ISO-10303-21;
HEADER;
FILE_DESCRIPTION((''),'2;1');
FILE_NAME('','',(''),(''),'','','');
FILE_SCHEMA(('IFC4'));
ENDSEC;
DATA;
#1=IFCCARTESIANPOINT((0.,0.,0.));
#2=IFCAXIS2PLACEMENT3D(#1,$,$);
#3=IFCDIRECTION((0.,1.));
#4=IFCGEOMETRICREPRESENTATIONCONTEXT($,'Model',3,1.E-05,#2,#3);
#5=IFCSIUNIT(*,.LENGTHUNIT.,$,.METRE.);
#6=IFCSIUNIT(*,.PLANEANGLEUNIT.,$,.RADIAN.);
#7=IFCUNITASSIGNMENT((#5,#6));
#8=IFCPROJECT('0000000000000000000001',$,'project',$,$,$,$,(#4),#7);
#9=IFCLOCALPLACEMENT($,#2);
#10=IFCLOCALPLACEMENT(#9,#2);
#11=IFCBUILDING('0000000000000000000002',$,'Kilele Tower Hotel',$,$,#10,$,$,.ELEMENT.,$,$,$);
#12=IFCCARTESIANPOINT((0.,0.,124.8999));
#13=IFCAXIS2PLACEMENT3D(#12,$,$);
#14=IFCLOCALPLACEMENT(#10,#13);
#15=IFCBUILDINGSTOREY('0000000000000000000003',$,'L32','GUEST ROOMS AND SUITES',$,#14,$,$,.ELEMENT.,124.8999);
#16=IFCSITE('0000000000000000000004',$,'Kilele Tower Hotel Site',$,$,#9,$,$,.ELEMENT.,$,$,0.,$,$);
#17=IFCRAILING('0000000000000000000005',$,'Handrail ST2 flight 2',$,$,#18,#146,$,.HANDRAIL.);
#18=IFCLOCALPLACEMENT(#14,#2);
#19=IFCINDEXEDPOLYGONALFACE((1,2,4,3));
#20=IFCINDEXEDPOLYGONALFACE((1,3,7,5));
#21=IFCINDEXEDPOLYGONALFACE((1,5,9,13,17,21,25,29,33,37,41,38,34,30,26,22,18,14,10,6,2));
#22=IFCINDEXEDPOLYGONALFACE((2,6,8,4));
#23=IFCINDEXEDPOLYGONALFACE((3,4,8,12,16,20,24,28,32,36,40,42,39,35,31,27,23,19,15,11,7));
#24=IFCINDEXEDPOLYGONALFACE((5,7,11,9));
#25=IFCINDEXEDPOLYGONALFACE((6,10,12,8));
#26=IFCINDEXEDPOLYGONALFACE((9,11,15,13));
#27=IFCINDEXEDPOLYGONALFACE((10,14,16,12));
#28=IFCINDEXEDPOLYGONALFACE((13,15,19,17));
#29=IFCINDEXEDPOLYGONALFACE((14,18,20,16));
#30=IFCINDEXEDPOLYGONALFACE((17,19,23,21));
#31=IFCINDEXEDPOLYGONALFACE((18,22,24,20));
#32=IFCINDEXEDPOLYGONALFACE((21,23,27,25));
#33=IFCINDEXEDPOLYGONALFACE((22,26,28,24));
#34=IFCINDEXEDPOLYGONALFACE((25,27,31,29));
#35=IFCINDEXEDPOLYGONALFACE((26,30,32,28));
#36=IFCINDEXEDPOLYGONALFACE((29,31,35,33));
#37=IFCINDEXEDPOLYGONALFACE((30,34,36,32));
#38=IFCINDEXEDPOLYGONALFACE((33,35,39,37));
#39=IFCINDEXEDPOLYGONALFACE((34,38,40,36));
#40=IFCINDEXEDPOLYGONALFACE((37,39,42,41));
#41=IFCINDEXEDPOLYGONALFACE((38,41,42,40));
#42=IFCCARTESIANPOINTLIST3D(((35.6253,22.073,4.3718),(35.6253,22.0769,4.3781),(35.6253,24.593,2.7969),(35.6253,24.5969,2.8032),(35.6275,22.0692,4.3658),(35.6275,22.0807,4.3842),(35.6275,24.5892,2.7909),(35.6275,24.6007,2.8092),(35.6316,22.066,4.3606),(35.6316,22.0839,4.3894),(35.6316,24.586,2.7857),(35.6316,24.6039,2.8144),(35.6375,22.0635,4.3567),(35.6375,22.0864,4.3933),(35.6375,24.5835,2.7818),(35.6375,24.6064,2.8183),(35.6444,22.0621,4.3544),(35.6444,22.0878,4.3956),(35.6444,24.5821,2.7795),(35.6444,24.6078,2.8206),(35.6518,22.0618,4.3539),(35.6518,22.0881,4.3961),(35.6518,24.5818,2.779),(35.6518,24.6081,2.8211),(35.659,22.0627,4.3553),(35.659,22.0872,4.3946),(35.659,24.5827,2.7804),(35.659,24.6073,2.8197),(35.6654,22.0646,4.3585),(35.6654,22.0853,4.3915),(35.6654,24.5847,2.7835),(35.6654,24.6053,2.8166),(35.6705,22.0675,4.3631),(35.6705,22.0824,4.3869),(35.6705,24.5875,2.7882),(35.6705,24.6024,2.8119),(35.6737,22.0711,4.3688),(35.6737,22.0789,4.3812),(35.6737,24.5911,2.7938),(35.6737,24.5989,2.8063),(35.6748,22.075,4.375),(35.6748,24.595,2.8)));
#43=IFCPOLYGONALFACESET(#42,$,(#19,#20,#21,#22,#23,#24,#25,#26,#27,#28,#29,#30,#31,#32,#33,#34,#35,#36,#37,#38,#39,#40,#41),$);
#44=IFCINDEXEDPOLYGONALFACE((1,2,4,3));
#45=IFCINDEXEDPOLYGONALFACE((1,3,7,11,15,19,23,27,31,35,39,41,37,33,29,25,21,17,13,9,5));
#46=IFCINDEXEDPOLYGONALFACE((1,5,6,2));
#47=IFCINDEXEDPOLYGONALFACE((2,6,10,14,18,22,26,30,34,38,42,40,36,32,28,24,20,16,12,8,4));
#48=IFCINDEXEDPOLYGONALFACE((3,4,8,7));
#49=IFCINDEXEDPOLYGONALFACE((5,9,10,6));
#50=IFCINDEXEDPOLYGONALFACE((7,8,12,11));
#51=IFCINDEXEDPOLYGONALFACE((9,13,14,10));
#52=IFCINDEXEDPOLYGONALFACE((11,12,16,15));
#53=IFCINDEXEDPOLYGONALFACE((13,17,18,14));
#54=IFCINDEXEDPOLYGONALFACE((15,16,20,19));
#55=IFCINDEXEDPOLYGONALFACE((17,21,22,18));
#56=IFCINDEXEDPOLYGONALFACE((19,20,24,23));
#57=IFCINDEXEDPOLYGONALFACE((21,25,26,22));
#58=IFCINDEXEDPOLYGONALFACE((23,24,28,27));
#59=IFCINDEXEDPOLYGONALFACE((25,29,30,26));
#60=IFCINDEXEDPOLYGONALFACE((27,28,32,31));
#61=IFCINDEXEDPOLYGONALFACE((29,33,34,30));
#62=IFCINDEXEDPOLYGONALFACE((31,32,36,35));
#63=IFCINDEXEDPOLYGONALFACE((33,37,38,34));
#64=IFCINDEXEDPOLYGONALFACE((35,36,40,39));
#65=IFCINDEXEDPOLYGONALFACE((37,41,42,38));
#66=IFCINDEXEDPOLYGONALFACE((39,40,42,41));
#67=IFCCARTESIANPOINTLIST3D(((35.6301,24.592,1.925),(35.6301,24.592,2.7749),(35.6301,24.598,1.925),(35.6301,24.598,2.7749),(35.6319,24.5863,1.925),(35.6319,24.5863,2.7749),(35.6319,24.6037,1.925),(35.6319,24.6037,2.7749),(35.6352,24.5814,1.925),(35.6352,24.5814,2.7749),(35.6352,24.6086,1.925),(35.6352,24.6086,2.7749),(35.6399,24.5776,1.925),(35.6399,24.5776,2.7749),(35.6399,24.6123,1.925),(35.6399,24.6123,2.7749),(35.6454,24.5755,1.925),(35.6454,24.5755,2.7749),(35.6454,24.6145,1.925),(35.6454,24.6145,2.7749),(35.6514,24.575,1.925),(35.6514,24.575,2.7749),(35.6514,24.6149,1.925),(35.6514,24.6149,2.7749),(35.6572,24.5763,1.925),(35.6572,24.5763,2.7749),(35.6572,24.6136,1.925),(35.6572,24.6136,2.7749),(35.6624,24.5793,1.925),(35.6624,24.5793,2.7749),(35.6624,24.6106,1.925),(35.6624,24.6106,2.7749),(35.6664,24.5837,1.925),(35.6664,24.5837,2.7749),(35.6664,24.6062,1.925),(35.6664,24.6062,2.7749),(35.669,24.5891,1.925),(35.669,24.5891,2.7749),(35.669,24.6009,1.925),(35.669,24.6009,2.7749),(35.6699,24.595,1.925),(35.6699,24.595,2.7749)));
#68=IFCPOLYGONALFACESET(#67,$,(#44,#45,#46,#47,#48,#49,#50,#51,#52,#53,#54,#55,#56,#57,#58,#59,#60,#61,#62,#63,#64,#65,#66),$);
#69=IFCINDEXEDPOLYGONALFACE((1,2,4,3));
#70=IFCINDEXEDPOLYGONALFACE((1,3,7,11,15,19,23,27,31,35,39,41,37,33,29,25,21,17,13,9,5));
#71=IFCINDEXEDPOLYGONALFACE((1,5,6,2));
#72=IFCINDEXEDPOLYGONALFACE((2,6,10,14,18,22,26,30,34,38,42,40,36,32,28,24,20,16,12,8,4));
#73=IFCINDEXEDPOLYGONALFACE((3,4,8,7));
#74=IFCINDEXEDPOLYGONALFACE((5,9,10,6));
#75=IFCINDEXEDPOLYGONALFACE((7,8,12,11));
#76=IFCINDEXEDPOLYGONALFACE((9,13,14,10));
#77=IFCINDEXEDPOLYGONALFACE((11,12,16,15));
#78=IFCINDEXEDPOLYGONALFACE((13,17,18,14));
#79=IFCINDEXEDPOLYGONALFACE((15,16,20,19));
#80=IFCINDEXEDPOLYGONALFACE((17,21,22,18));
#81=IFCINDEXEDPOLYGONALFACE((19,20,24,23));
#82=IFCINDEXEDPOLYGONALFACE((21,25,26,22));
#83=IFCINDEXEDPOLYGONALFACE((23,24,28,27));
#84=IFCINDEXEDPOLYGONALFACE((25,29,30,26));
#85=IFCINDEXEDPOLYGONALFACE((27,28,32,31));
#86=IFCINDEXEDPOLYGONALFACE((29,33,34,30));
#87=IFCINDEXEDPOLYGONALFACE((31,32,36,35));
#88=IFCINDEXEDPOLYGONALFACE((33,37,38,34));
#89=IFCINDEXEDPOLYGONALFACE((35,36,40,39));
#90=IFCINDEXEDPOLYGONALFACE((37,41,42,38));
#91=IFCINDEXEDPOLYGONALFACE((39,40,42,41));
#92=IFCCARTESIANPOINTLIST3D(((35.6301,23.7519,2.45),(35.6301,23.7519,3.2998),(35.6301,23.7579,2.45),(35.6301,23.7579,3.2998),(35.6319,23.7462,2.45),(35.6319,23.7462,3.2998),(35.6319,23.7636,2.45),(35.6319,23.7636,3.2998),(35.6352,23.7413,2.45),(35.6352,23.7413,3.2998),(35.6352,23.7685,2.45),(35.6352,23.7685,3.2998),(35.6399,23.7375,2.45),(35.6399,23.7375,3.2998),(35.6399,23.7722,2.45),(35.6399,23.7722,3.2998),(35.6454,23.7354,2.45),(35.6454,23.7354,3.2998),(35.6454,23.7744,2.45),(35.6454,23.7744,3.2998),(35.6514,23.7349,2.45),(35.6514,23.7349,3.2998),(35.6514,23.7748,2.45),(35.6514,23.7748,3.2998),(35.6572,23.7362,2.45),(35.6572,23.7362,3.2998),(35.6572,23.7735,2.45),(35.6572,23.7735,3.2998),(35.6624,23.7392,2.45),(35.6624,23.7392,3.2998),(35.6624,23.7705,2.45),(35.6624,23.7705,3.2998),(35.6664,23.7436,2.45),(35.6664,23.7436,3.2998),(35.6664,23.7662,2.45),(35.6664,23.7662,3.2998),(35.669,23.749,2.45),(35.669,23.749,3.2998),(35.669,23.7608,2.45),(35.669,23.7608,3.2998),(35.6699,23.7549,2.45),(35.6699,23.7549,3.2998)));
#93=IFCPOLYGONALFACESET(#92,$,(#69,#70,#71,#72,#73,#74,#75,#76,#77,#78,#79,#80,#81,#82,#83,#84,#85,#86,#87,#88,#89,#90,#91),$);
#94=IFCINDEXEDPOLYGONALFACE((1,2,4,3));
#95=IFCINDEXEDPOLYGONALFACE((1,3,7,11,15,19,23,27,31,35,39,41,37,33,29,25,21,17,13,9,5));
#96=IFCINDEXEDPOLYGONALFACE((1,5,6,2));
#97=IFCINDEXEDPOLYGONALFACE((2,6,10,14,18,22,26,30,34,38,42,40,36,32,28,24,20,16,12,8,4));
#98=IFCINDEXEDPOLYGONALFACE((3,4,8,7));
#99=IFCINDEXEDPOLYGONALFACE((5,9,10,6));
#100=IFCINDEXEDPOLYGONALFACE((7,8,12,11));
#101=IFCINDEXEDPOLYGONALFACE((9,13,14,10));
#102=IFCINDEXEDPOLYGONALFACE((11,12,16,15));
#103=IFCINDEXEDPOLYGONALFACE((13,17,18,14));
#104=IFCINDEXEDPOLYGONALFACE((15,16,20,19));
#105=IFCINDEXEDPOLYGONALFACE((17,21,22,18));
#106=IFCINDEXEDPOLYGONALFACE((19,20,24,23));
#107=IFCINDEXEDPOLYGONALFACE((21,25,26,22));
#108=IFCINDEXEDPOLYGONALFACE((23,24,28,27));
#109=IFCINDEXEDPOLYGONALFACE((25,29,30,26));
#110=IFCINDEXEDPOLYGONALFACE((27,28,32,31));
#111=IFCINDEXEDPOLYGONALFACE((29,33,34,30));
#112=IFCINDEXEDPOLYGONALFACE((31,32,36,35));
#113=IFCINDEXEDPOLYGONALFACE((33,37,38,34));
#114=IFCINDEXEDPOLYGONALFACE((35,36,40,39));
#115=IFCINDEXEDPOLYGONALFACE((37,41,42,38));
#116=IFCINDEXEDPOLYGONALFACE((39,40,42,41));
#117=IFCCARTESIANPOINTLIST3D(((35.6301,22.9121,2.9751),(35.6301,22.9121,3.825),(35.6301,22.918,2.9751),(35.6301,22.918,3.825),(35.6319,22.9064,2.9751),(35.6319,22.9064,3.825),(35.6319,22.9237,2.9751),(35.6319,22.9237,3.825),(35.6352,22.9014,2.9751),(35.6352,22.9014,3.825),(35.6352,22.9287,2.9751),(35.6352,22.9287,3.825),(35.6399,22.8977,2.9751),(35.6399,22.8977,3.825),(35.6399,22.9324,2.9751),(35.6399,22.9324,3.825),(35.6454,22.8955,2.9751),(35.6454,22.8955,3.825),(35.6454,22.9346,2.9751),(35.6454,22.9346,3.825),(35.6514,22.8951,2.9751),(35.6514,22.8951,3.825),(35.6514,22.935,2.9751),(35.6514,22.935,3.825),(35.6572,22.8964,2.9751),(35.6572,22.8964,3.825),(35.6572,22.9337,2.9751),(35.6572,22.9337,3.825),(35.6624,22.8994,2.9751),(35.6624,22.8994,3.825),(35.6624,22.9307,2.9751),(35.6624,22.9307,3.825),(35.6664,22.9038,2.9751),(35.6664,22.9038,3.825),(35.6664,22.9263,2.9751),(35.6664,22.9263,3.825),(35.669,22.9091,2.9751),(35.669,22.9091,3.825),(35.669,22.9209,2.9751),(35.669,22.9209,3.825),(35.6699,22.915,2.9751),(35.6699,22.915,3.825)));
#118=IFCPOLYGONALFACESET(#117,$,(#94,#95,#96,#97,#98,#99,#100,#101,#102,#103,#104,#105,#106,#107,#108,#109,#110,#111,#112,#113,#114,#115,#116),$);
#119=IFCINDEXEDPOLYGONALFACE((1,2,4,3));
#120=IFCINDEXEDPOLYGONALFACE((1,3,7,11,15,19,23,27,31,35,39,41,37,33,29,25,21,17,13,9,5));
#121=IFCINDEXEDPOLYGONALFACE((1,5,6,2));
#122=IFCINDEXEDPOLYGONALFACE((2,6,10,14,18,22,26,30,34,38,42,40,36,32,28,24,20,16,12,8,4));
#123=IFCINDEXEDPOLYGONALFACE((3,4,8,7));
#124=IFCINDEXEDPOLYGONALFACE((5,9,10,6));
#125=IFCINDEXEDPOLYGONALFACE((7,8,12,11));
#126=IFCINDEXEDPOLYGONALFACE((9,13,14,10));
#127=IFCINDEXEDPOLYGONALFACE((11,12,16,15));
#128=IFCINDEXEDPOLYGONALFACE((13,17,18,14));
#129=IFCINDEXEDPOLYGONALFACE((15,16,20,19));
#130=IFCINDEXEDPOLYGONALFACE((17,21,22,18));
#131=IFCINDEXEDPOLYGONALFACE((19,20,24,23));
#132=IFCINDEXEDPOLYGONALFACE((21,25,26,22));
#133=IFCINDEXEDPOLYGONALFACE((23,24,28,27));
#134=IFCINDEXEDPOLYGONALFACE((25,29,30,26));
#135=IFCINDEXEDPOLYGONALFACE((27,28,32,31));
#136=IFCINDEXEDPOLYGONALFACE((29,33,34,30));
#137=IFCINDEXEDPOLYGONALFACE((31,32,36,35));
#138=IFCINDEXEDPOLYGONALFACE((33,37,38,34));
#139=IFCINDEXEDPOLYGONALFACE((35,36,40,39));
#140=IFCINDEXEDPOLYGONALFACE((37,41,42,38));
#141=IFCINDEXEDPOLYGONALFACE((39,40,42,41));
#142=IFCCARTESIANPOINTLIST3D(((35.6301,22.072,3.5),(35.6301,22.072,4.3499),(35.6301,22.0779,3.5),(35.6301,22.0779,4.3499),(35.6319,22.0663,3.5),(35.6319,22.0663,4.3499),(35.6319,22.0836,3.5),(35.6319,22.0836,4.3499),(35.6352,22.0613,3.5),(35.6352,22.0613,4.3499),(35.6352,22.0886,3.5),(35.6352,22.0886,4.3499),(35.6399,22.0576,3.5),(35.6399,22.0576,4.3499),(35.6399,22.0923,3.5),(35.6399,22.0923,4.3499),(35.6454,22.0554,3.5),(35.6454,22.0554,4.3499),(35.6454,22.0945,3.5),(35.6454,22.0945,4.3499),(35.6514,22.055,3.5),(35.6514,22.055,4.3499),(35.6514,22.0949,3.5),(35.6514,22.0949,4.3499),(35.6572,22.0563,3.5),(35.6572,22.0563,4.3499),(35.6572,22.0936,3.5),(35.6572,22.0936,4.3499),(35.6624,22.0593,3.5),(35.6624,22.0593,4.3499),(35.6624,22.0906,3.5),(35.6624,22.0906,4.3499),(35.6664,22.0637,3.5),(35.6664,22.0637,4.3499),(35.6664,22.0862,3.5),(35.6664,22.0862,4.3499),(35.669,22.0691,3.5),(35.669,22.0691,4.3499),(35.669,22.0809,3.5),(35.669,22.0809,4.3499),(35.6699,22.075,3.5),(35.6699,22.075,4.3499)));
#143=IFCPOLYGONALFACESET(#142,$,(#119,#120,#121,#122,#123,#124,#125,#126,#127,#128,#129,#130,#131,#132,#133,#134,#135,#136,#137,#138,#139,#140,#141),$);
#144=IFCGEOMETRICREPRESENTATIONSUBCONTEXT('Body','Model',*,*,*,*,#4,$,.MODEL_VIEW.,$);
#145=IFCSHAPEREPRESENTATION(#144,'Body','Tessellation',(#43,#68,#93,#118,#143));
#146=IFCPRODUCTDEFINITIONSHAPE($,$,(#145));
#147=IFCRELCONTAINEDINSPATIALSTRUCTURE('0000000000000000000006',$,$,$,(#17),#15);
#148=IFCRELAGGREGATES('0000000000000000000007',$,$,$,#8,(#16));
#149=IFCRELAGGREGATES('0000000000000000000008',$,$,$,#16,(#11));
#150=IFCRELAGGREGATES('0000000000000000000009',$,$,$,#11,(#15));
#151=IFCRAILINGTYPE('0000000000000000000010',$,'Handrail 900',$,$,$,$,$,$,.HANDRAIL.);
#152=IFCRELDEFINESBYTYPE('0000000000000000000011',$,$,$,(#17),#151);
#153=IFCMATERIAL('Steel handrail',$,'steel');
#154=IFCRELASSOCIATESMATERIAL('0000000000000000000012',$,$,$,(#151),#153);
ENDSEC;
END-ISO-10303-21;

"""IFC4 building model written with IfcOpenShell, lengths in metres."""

from ifc_helpers import new_model, si_unit, direction, frame, origin, origin_2d, place, context, subcontext, project, spatial, circle, extrude, material, type_object, element, save


model = new_model("IFC4")

# Units and contexts
model_context = context("Model", 3, precision=1e-05, world=origin(), true_north=direction((0.0, 1.0)))
body_context = subcontext(model_context, "Body", "Model", "MODEL_VIEW")
ifc_project = project(units=[si_unit("LENGTHUNIT", "METRE"), si_unit("PLANEANGLEUNIT", "RADIAN")], contexts=[model_context])

# Site, building, storey
site_placement = place(None, origin())
site = spatial("IfcSite", under=ifc_project, at=site_placement, Name="Kilele Tower Hotel Site", CompositionType="ELEMENT", RefElevation=0.0)
building_placement = place(site_placement, origin())
building = spatial("IfcBuilding", under=site, at=building_placement, Name="Kilele Tower Hotel", CompositionType="ELEMENT")
storey_placement = place(building_placement, frame((0.0, 0.0, 124.8999)))
storey = spatial("IfcBuildingStorey", under=building, at=storey_placement, Name="L32", Description="GUEST ROOMS AND SUITES", CompositionType="ELEMENT", Elevation=124.8999)

# Railing
ifc_material_1 = material(Name="Steel handrail", Category="steel")
railing_type_1 = type_object("IfcRailingType", Name="Handrail 900", PredefinedType="HANDRAIL", material=ifc_material_1)
for number, where, name in (
    (1, (35.6499, 24.595, 1.925), "Handrail ST2 flight 2"),
):
    element("IfcRailing", number, at=place(storey_placement, frame(where)), inside=storey, type_object=railing_type_1, Name=name, PredefinedType="HANDRAIL", context=body_context, shape_type="SweptSolid", body=[
        extrude(circle(Radius=0.0249, at=origin_2d()), frame((0.0, 0.0, 0.875), z_axis=(0.0, -0.848008, 0.529984), x_axis=(1.0, 0.0, 0.0)), (0.0, 0.0, 1.0), 2.9717),
        extrude(circle(Radius=0.02, at=origin_2d()), origin(), (0.0, 0.0, 1.0), 0.8499),
        extrude(circle(Radius=0.02, at=origin_2d()), frame((0.0, -0.8401, 0.5249)), (0.0, 0.0, 1.0), 0.8499),
        extrude(circle(Radius=0.02, at=origin_2d()), frame((0.0, -1.6799, 1.05)), (0.0, 0.0, 1.0), 0.8499),
        extrude(circle(Radius=0.02, at=origin_2d()), frame((0.0, -2.52, 1.575)), (0.0, 0.0, 1.0), 0.8499),
    ])

save(model, "model.ifc")
